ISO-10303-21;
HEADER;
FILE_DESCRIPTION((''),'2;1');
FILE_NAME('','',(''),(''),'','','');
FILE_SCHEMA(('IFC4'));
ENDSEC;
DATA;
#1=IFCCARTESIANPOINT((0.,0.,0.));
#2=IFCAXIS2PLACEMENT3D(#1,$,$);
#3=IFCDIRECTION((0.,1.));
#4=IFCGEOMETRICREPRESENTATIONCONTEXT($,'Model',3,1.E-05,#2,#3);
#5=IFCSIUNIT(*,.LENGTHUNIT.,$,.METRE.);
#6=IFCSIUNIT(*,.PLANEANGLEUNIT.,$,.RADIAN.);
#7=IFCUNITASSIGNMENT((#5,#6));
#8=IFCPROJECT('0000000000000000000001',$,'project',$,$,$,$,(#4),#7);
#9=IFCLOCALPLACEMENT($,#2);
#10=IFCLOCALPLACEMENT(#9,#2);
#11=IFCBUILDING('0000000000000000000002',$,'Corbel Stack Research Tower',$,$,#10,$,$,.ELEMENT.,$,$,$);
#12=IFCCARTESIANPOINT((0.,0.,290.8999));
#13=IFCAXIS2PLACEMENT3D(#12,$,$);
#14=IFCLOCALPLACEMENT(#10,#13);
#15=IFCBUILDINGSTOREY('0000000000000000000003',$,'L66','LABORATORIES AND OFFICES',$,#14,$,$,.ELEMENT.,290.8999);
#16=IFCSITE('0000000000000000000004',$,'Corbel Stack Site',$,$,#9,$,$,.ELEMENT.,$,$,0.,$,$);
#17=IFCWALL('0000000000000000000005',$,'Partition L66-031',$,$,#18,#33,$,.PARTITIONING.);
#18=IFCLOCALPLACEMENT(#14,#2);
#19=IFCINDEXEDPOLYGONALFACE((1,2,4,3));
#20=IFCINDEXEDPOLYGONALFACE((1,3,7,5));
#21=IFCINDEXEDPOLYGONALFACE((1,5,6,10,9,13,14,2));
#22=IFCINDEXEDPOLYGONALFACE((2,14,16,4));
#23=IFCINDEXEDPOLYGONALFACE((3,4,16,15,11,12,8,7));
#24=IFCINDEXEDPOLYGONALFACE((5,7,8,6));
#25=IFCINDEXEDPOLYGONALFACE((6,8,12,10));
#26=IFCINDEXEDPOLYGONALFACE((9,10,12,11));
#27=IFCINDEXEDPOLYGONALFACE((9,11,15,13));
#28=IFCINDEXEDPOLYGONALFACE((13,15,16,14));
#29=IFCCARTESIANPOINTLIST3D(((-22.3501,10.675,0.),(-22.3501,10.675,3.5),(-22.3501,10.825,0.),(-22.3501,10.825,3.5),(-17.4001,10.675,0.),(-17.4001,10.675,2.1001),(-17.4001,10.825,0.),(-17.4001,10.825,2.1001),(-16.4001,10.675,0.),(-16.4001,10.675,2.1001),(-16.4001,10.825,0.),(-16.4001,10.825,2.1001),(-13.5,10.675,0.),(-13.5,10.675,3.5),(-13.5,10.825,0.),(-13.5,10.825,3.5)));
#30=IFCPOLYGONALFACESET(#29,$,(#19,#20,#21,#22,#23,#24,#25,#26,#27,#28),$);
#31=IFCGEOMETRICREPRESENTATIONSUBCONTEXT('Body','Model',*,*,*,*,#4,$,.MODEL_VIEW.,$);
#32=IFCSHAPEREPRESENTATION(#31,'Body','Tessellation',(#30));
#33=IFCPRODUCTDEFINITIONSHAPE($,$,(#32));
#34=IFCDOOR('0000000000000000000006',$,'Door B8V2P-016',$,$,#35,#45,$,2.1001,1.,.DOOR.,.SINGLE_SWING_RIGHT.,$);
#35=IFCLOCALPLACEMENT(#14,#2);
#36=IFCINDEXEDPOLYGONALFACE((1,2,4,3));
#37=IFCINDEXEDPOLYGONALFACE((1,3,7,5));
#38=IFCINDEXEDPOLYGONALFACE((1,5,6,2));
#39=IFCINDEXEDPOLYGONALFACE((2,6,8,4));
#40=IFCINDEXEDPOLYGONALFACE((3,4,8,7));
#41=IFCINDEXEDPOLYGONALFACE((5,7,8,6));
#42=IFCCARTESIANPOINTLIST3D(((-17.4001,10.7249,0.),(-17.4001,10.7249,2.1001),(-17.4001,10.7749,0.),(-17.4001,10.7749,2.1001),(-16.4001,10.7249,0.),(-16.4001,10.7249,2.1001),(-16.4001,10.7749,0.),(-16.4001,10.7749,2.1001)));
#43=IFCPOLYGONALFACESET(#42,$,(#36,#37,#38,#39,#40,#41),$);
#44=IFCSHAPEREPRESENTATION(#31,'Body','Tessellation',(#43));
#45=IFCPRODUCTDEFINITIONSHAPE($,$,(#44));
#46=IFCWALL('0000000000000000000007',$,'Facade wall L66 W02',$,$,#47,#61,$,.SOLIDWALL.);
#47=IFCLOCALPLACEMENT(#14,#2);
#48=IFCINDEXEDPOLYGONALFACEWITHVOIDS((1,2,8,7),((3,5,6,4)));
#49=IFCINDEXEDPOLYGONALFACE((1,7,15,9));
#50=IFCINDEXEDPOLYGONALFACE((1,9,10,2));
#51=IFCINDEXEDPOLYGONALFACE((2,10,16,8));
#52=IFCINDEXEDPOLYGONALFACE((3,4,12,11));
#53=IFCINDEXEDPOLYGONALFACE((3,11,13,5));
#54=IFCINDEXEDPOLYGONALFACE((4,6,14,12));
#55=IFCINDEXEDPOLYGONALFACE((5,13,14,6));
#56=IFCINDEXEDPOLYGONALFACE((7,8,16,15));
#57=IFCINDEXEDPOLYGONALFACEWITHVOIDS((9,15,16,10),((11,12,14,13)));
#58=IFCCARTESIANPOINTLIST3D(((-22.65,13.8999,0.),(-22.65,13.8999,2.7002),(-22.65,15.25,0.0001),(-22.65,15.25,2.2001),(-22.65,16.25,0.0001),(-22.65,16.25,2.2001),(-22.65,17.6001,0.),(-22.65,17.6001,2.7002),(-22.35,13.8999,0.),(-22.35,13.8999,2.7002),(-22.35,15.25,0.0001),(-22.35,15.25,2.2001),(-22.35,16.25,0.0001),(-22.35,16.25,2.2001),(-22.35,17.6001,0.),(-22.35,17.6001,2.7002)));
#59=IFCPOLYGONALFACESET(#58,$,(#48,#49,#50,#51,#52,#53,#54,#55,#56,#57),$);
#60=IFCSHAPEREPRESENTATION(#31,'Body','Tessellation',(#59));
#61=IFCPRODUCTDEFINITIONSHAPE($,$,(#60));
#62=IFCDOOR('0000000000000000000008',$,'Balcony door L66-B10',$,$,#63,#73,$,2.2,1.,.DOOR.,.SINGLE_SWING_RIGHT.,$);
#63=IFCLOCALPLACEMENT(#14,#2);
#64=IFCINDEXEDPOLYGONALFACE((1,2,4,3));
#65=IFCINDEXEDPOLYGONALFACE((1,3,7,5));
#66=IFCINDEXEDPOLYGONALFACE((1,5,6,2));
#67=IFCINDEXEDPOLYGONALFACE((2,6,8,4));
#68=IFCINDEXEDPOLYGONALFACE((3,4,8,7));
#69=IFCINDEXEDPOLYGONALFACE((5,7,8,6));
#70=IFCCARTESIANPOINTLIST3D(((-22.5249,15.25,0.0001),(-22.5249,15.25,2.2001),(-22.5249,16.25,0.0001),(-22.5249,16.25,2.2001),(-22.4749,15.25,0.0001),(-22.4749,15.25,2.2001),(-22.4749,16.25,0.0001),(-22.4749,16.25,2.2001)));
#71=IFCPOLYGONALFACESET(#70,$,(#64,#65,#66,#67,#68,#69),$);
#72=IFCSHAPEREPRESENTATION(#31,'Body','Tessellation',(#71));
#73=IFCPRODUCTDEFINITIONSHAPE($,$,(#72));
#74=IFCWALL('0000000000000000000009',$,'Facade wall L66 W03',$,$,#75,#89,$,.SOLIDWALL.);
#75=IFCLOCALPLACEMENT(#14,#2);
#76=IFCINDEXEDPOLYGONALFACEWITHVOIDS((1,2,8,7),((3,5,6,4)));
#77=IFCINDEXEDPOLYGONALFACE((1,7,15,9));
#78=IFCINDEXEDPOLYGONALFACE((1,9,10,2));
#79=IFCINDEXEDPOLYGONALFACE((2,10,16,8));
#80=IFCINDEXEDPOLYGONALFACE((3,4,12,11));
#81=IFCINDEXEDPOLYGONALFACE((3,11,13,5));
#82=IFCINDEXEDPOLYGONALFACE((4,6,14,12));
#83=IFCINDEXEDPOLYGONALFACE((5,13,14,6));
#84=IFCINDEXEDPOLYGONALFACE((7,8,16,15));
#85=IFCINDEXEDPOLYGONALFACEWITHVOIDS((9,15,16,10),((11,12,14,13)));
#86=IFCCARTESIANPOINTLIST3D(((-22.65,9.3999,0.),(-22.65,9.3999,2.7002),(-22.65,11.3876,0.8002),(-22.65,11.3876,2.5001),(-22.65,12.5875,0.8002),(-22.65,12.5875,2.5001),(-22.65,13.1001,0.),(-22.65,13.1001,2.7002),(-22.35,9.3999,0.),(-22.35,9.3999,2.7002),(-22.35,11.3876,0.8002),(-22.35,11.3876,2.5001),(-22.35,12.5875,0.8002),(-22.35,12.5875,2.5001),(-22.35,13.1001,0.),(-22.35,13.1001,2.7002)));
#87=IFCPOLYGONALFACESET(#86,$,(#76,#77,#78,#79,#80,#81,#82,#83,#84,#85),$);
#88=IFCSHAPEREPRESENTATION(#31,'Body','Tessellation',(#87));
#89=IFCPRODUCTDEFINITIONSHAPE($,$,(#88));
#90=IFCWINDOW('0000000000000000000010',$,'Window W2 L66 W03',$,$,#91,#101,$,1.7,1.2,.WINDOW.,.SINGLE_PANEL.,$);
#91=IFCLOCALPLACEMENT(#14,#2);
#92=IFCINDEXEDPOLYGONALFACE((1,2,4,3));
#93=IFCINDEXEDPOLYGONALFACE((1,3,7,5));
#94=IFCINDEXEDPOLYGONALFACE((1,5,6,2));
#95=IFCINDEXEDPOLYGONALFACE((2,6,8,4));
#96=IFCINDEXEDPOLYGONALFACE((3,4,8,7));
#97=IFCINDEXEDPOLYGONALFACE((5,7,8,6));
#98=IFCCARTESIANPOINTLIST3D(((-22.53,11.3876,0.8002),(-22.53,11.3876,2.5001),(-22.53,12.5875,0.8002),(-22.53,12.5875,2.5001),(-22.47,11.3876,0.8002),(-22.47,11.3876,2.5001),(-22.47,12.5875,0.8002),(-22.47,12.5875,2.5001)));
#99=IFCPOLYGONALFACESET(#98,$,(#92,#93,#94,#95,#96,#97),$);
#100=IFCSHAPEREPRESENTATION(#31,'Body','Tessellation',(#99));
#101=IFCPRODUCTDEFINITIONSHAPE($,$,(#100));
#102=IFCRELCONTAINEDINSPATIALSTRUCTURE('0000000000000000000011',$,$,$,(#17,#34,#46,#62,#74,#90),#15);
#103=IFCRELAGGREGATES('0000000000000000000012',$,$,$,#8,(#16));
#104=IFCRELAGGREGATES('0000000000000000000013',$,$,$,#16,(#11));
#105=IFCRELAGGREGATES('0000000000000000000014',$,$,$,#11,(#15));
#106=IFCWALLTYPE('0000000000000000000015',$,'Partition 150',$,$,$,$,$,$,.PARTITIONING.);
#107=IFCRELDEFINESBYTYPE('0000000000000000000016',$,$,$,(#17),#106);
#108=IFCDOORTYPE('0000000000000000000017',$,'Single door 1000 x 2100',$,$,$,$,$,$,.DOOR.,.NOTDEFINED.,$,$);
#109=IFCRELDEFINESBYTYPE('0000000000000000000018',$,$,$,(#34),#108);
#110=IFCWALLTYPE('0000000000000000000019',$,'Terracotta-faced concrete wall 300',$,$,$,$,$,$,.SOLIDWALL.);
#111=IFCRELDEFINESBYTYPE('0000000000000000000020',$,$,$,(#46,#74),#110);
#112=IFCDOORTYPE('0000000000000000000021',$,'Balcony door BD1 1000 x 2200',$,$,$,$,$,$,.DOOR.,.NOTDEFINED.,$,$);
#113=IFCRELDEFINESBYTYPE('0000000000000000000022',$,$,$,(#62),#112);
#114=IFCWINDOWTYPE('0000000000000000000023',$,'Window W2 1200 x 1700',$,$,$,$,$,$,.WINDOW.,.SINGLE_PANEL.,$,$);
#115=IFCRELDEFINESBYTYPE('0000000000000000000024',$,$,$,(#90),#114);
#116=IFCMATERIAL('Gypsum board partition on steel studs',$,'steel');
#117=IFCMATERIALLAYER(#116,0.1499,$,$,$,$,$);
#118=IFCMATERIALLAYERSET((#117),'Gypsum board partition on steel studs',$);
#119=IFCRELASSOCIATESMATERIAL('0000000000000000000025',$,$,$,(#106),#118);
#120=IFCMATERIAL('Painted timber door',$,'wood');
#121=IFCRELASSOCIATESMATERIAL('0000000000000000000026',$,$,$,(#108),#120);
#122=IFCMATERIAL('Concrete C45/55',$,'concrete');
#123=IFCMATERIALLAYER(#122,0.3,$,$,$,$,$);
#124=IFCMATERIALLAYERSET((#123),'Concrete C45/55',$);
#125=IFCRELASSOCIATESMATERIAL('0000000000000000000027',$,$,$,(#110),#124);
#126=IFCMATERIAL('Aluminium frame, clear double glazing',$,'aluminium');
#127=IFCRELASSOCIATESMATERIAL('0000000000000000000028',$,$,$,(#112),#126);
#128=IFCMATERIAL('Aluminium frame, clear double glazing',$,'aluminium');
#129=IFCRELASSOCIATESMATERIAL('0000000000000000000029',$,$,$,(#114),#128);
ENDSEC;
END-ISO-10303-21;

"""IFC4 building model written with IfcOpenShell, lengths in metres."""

from ifc_helpers import new_model, si_unit, direction, frame, frame_2d, origin, place, context, subcontext, project, spatial, rectangle, extrude, material, layer, layer_set, type_object, element, fill, save


model = new_model("IFC4")

# Units and contexts
model_context = context("Model", 3, precision=1e-05, world=origin(), true_north=direction((0.0, 1.0)))
body_context = subcontext(model_context, "Body", "Model", "MODEL_VIEW")
ifc_project = project(units=[si_unit("LENGTHUNIT", "METRE"), si_unit("PLANEANGLEUNIT", "RADIAN")], contexts=[model_context])

# Site, building, storey
site_placement = place(None, origin())
site = spatial("IfcSite", under=ifc_project, at=site_placement, Name="Corbel Stack Site", CompositionType="ELEMENT", RefElevation=0.0)
building_placement = place(site_placement, origin())
building = spatial("IfcBuilding", under=site, at=building_placement, Name="Corbel Stack Research Tower", CompositionType="ELEMENT")
storey_placement = place(building_placement, frame((0.0, 0.0, 290.8999)))
storey = spatial("IfcBuildingStorey", under=building, at=storey_placement, Name="L66", Description="LABORATORIES AND OFFICES", CompositionType="ELEMENT", Elevation=290.8999)

# Walls, openings, doors
ifc_material_1 = material(Name="Gypsum board partition on steel studs", Category="steel")
ifc_layer_1 = layer(ifc_material_1, 0.1499)
ifc_layer_set_1 = layer_set([ifc_layer_1], Name="Gypsum board partition on steel studs")
wall_type_1 = type_object("IfcWallType", Name="Partition 150", PredefinedType="PARTITIONING", material=ifc_layer_set_1)
wall_1_placement = place(storey_placement, frame((-22.3501, 10.75, 0.0), z_axis=(0.0, 0.0, 1.0), x_axis=(1.0, 0.0, 0.0)))
wall_1 = element("IfcWall", 1, at=wall_1_placement, inside=storey, type_object=wall_type_1, Name="Partition L66-031", PredefinedType="PARTITIONING", context=body_context, shape_type="SweptSolid", body=[
    extrude(rectangle(XDim=8.8501, YDim=0.1499, at=frame_2d((4.425, 0.0))), origin(), (0.0, 0.0, 1.0), 3.5),
])
opening_1_placement = place(wall_1_placement, frame((4.95, 0.0, 0.0)))
opening_1 = element("IfcOpeningElement", 2, at=opening_1_placement, cuts=wall_1, PredefinedType="OPENING", context=body_context, shape_type="SweptSolid", body=[
    extrude(rectangle(XDim=1.0, YDim=2.1001, at=frame_2d((0.5, 1.05))), frame((0.0, 0.085, 0.0), z_axis=(0.0, -1.0, 0.0), x_axis=(1.0, 0.0, 0.0)), (0.0, 0.0, 1.0), 0.1699),
])
ifc_material_2 = material(Name="Painted timber door", Category="wood")
door_type_1 = type_object("IfcDoorType", Name="Single door 1000 x 2100", OperationType="NOTDEFINED", PredefinedType="DOOR", material=ifc_material_2)
door_1_placement = place(opening_1_placement, origin())
door_1 = element("IfcDoor", 3, at=door_1_placement, inside=storey, type_object=door_type_1, Name="Door B8V2P-016", OperationType="SINGLE_SWING_RIGHT", OverallHeight=2.1001, OverallWidth=1.0, PredefinedType="DOOR", context=body_context, shape_type="SweptSolid", body=[
    extrude(rectangle(XDim=1.0, YDim=2.1001, at=frame_2d((0.5, 1.05))), frame((0.0, 0.0249, 0.0), z_axis=(0.0, -1.0, 0.0), x_axis=(1.0, 0.0, 0.0)), (0.0, 0.0, 1.0), 0.05),
])
fill(opening_1, door_1)
ifc_material_3 = material(Name="Concrete C45/55", Category="concrete")
ifc_layer_2 = layer(ifc_material_3, 0.3)
ifc_layer_set_2 = layer_set([ifc_layer_2], Name="Concrete C45/55")
wall_type_2 = type_object("IfcWallType", Name="Terracotta-faced concrete wall 300", PredefinedType="SOLIDWALL", material=ifc_layer_set_2)
wall_2_placement = place(storey_placement, frame((-22.5, 13.8999, 0.0), z_axis=(0.0, 0.0, 1.0), x_axis=(0.0, 1.0, 0.0)))
wall_2 = element("IfcWall", 4, at=wall_2_placement, inside=storey, type_object=wall_type_2, Name="Facade wall L66 W02", PredefinedType="SOLIDWALL", context=body_context, shape_type="SweptSolid", body=[
    extrude(rectangle(XDim=3.7002, YDim=0.3, at=frame_2d((1.8501, 0.0))), origin(), (0.0, 0.0, 1.0), 2.7002),
])
opening_2_placement = place(wall_2_placement, frame((1.3501, 0.0, 0.0)))
opening_2 = element("IfcOpeningElement", 5, at=opening_2_placement, cuts=wall_2, PredefinedType="OPENING", context=body_context, shape_type="SweptSolid", body=[
    extrude(rectangle(XDim=1.0, YDim=2.2, at=frame_2d((0.5, 1.1001))), frame((0.0, 0.1599, 0.0), z_axis=(0.0, -1.0, 0.0), x_axis=(1.0, 0.0, 0.0)), (0.0, 0.0, 1.0), 0.3201),
])
ifc_material_4 = material(Name="Aluminium frame, clear double glazing", Category="aluminium")
door_type_2 = type_object("IfcDoorType", Name="Balcony door BD1 1000 x 2200", OperationType="NOTDEFINED", PredefinedType="DOOR", material=ifc_material_4)
door_2_placement = place(opening_2_placement, origin())
door_2 = element("IfcDoor", 6, at=door_2_placement, inside=storey, type_object=door_type_2, Name="Balcony door L66-B10", OperationType="SINGLE_SWING_RIGHT", OverallHeight=2.2, OverallWidth=1.0, PredefinedType="DOOR", context=body_context, shape_type="SweptSolid", body=[
    extrude(rectangle(XDim=1.0, YDim=2.2, at=frame_2d((0.5, 1.1001))), frame((0.0, 0.0249, 0.0), z_axis=(0.0, -1.0, 0.0), x_axis=(1.0, 0.0, 0.0)), (0.0, 0.0, 1.0), 0.05),
])
fill(opening_2, door_2)

# Wall, opening, window
wall_3_placement = place(storey_placement, frame((-22.5, 9.3999, 0.0), z_axis=(0.0, 0.0, 1.0), x_axis=(0.0, 1.0, 0.0)))
wall_3 = element("IfcWall", 7, at=wall_3_placement, inside=storey, type_object=wall_type_2, Name="Facade wall L66 W03", PredefinedType="SOLIDWALL", context=body_context, shape_type="SweptSolid", body=[
    extrude(rectangle(XDim=3.7002, YDim=0.3, at=frame_2d((1.8501, 0.0))), origin(), (0.0, 0.0, 1.0), 2.7002),
])
opening_3_placement = place(wall_3_placement, frame((1.9875, 0.0, 0.8)))
opening_3 = element("IfcOpeningElement", 8, at=opening_3_placement, cuts=wall_3, PredefinedType="OPENING", context=body_context, shape_type="SweptSolid", body=[
    extrude(rectangle(XDim=1.2, YDim=1.7, at=frame_2d((0.6001, 0.8501))), frame((0.0, 0.1599, 0.0), z_axis=(0.0, -1.0, 0.0), x_axis=(1.0, 0.0, 0.0)), (0.0, 0.0, 1.0), 0.3201),
])
ifc_material_5 = material(Name="Aluminium frame, clear double glazing", Category="aluminium")
window_type = type_object("IfcWindowType", Name="Window W2 1200 x 1700", PartitioningType="SINGLE_PANEL", PredefinedType="WINDOW", material=ifc_material_5)
window_placement = place(opening_3_placement, origin())
window = element("IfcWindow", 9, at=window_placement, inside=storey, type_object=window_type, Name="Window W2 L66 W03", OverallHeight=1.7, OverallWidth=1.2, PartitioningType="SINGLE_PANEL", PredefinedType="WINDOW", context=body_context, shape_type="SweptSolid", body=[
    extrude(rectangle(XDim=1.2, YDim=1.7, at=frame_2d((0.6001, 0.8501))), frame((0.0, 0.03, 0.0), z_axis=(0.0, -1.0, 0.0), x_axis=(1.0, 0.0, 0.0)), (0.0, 0.0, 1.0), 0.0601),
])
fill(opening_3, window)

save(model, "model.ifc")
